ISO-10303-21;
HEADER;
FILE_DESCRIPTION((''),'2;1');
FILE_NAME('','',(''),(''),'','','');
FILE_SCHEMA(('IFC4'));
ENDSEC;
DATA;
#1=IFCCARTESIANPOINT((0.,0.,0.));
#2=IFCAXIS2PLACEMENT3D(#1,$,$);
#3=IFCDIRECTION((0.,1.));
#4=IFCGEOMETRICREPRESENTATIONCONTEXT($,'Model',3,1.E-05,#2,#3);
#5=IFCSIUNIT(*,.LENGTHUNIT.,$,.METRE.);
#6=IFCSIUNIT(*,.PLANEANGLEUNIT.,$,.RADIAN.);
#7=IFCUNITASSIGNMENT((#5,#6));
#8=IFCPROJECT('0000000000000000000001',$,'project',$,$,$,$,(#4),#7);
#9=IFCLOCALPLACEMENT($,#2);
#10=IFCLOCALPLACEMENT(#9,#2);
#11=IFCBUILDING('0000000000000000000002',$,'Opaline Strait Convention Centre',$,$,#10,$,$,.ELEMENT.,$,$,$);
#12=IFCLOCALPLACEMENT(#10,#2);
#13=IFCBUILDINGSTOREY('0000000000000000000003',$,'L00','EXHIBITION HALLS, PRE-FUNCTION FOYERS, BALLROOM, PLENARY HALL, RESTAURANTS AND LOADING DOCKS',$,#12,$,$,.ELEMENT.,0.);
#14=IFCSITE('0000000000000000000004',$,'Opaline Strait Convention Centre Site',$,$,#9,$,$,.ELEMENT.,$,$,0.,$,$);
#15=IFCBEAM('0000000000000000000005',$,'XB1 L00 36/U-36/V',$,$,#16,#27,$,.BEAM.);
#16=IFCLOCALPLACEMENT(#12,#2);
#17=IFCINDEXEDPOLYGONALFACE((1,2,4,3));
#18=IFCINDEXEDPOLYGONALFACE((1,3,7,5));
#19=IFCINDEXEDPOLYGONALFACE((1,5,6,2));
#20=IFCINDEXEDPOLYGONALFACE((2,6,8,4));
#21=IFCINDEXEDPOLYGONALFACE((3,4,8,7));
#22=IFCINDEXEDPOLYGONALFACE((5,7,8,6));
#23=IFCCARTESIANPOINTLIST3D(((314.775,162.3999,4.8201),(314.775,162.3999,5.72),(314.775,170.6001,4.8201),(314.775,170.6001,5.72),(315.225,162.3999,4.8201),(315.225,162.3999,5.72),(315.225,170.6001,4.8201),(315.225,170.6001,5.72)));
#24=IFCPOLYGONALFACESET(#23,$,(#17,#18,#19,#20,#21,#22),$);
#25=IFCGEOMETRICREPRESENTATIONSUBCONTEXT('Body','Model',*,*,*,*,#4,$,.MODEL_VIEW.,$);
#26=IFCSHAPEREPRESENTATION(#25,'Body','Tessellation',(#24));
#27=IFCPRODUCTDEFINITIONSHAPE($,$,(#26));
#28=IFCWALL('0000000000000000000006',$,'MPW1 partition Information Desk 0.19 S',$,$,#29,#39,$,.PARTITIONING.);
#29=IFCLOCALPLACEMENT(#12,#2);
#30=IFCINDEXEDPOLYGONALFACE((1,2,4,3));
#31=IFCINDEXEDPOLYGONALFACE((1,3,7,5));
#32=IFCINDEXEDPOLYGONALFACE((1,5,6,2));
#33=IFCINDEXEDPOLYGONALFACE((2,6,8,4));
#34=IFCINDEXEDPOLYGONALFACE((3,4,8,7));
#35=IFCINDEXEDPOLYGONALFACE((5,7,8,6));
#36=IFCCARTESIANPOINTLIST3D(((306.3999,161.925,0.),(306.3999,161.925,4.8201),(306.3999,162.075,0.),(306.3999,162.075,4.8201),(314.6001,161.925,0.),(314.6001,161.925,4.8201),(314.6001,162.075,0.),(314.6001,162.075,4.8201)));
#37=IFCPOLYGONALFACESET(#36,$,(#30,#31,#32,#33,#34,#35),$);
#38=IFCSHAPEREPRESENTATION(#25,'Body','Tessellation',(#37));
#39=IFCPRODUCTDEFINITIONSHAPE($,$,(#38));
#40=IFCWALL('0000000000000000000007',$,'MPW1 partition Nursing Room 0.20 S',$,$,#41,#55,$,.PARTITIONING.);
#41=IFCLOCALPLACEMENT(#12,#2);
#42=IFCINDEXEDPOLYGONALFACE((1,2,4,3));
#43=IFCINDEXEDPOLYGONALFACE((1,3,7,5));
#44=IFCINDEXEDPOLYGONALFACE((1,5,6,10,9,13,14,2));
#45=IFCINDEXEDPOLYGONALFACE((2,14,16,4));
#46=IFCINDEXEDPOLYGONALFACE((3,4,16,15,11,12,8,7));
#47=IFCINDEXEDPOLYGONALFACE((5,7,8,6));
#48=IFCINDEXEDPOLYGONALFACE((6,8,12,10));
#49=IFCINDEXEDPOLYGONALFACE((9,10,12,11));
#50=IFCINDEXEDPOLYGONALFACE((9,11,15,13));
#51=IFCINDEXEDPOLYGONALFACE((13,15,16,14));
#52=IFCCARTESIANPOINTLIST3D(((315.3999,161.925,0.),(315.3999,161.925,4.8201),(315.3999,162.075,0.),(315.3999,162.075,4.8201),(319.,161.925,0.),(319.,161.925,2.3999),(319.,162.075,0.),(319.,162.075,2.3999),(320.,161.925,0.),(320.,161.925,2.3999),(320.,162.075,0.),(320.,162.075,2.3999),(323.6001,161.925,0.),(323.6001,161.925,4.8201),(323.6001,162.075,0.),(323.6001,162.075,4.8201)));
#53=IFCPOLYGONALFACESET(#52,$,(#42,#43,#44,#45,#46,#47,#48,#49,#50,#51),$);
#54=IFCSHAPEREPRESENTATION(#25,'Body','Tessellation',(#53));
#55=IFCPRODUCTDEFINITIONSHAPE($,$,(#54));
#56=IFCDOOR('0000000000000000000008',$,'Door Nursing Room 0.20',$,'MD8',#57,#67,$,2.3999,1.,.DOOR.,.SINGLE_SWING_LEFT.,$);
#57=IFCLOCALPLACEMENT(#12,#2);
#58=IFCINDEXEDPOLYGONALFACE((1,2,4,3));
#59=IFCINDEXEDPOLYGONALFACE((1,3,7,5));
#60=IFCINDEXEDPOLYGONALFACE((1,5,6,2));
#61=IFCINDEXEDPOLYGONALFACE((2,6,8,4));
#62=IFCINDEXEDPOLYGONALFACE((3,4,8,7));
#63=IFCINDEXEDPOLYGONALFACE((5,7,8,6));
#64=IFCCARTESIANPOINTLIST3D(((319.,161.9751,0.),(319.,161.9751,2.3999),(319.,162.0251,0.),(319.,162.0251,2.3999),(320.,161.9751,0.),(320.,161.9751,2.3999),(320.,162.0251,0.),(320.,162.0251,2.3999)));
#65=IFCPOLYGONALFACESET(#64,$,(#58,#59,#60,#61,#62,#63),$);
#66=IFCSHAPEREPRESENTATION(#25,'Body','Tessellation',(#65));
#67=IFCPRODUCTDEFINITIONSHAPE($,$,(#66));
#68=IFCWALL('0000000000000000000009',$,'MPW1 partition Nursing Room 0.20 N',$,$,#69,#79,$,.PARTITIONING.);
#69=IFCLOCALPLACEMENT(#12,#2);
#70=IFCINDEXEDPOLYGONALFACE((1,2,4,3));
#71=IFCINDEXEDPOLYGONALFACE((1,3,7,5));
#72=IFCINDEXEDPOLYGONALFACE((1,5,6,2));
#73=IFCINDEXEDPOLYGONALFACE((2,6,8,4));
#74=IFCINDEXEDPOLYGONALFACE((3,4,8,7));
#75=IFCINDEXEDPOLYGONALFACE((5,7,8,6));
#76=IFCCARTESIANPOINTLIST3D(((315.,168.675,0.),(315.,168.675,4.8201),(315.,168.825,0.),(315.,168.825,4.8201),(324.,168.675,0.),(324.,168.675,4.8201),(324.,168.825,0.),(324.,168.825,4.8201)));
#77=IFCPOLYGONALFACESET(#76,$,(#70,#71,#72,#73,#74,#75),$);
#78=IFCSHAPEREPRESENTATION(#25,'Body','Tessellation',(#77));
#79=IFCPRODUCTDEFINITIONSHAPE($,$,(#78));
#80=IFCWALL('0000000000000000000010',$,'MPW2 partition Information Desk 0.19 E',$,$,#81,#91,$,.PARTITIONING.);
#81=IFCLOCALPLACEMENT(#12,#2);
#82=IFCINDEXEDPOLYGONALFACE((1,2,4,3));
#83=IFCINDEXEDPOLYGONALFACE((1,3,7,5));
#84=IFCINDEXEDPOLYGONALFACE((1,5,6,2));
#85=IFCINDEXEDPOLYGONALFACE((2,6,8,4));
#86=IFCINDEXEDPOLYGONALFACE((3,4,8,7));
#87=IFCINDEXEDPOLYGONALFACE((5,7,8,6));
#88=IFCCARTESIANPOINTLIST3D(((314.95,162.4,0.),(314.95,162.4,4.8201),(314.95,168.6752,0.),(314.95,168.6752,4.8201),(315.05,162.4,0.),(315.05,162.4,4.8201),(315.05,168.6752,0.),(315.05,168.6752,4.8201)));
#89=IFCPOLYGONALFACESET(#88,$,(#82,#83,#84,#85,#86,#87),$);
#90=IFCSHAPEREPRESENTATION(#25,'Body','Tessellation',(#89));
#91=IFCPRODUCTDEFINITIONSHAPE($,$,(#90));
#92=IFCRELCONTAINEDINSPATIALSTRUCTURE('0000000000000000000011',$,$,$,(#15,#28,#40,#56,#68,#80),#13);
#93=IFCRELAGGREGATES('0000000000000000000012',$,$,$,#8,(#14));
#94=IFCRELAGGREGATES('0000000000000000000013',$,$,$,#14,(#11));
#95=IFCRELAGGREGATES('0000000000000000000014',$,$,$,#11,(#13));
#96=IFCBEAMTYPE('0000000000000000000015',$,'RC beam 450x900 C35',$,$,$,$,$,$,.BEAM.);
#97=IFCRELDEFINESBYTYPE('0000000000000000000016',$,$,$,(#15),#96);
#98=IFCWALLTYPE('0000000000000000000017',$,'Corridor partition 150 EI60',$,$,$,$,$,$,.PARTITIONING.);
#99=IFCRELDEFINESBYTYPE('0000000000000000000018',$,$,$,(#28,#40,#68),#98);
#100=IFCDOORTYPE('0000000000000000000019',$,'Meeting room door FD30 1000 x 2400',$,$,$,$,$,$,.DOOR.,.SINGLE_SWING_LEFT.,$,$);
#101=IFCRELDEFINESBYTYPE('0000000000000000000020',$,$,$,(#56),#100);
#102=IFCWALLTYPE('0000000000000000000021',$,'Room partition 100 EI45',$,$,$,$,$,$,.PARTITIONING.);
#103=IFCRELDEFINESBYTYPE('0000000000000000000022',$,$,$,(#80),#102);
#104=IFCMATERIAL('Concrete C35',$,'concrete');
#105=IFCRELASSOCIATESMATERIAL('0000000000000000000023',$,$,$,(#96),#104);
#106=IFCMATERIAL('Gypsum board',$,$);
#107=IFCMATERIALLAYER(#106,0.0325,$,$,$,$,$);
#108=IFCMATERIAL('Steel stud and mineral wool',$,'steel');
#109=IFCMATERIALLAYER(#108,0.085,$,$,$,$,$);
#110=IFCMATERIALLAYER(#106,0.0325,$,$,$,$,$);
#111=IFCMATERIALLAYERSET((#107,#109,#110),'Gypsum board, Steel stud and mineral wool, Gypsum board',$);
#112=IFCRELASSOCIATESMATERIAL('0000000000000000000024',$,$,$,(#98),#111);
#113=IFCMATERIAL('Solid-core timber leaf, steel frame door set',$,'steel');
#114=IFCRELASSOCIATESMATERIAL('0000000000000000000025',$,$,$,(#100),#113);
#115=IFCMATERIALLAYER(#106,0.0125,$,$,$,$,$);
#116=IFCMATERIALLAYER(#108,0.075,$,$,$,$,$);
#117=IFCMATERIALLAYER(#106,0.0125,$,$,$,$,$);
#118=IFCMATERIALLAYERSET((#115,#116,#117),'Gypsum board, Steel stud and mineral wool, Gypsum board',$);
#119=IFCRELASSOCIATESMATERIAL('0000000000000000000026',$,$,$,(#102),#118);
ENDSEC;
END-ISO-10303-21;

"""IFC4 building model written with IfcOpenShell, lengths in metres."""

from ifc_helpers import new_model, si_unit, direction, frame, frame_2d, origin, origin_2d, place, context, subcontext, project, spatial, rectangle, extrude, material, layer, layer_set, material_profile, profile_set, type_object, element, fill, save


model = new_model("IFC4")

# Units and contexts
model_context = context("Model", 3, precision=1e-05, world=origin(), true_north=direction((0.0, 1.0)))
body_context = subcontext(model_context, "Body", "Model", "MODEL_VIEW")
ifc_project = project(units=[si_unit("LENGTHUNIT", "METRE"), si_unit("PLANEANGLEUNIT", "RADIAN")], contexts=[model_context])

# Site, building, storey
site_placement = place(None, origin())
site = spatial("IfcSite", under=ifc_project, at=site_placement, Name="Opaline Strait Convention Centre Site", CompositionType="ELEMENT", RefElevation=0.0)
building_placement = place(site_placement, origin())
building = spatial("IfcBuilding", under=site, at=building_placement, Name="Opaline Strait Convention Centre", CompositionType="ELEMENT")
storey_placement = place(building_placement, origin())
storey = spatial("IfcBuildingStorey", under=building, at=storey_placement, Name="L00", Description="EXHIBITION HALLS, PRE-FUNCTION FOYERS, BALLROOM, PLENARY HALL, RESTAURANTS AND LOADING DOCKS", CompositionType="ELEMENT", Elevation=0.0)

# Shared definitions
ifc_material_1 = material(Name="Concrete C35", Category="concrete")

# Beam
ifc_material_profile_1 = material_profile(ifc_material_1, rectangle(XDim=0.45, YDim=0.8999, at=origin_2d()), Name="RC 450x900")
ifc_profile_set_1 = profile_set([ifc_material_profile_1], Name="Concrete C35")
beam_type = type_object("IfcBeamType", Name="RC beam 450x900 C35", PredefinedType="BEAM", material=ifc_profile_set_1)
for number, where, z_axis, x_axis, name in (
    (1, (315.0, 162.3999, 5.27), (0.0, 1.0, 0.0), (-1.0, 0.0, 0.0), "XB1 L00 36/U-36/V"),
):
    element("IfcBeam", number, at=place(storey_placement, frame(where, z_axis=z_axis, x_axis=x_axis)), inside=storey, type_object=beam_type, Name=name, PredefinedType="BEAM", context=body_context, shape_type="SweptSolid", body=[
        extrude(rectangle(XDim=0.45, YDim=0.8999, at=origin_2d()), origin(), (0.0, 0.0, 1.0), 8.2002),
    ])

# Wall
ifc_material_2 = material(Name="Gypsum board")
ifc_layer_1 = layer(ifc_material_2, 0.0325)
ifc_material_3 = material(Name="Steel stud and mineral wool", Category="steel")
ifc_layer_2 = layer(ifc_material_3, 0.085)
ifc_layer_3 = layer(ifc_material_2, 0.0325)
ifc_layer_set_1 = layer_set([ifc_layer_1, ifc_layer_2, ifc_layer_3], Name="Gypsum board, Steel stud and mineral wool, Gypsum board")
wall_type_1 = type_object("IfcWallType", Name="Corridor partition 150 EI60", PredefinedType="PARTITIONING", material=ifc_layer_set_1)
wall_1_placement = place(storey_placement, frame((306.3999, 162.0, 0.0), z_axis=(0.0, 0.0, 1.0), x_axis=(1.0, 0.0, 0.0)))
element("IfcWall", 2, at=wall_1_placement, inside=storey, type_object=wall_type_1, Name="MPW1 partition Information Desk 0.19 S", PredefinedType="PARTITIONING", context=body_context, shape_type="SweptSolid", body=[
    extrude(rectangle(XDim=8.2002, YDim=0.1499, at=frame_2d((4.1001, 0.0))), origin(), (0.0, 0.0, 1.0), 4.8201),
])

# Wall, opening, door
wall_2_placement = place(storey_placement, frame((315.3999, 162.0, 0.0), z_axis=(0.0, 0.0, 1.0), x_axis=(1.0, 0.0, 0.0)))
wall_2 = element("IfcWall", 3, at=wall_2_placement, inside=storey, type_object=wall_type_1, Name="MPW1 partition Nursing Room 0.20 S", PredefinedType="PARTITIONING", context=body_context, shape_type="SweptSolid", body=[
    extrude(rectangle(XDim=8.2002, YDim=0.1499, at=frame_2d((4.1001, 0.0))), origin(), (0.0, 0.0, 1.0), 4.8201),
])
opening_placement = place(wall_2_placement, frame((3.6001, 0.0, 0.0)))
opening = element("IfcOpeningElement", 4, at=opening_placement, cuts=wall_2, PredefinedType="OPENING", context=body_context, shape_type="SweptSolid", body=[
    extrude(rectangle(XDim=1.0, YDim=2.3999, at=frame_2d((0.5, 1.2))), frame((0.0, 0.085, 0.0), z_axis=(0.0, -1.0, 0.0), x_axis=(1.0, 0.0, 0.0)), (0.0, 0.0, 1.0), 0.1699),
])
ifc_material_4 = material(Name="Solid-core timber leaf, steel frame door set", Category="steel")
door_type = type_object("IfcDoorType", Name="Meeting room door FD30 1000 x 2400", OperationType="SINGLE_SWING_LEFT", PredefinedType="DOOR", material=ifc_material_4)
door_placement = place(opening_placement, frame((1.0, 0.0, 0.0), z_axis=(0.0, 0.0, 1.0), x_axis=(-1.0, 0.0, 0.0)))
door = element("IfcDoor", 5, at=door_placement, inside=storey, type_object=door_type, Name="Door Nursing Room 0.20", ObjectType="MD8", OperationType="SINGLE_SWING_LEFT", OverallHeight=2.3999, OverallWidth=1.0, PredefinedType="DOOR", context=body_context, shape_type="SweptSolid", body=[
    extrude(rectangle(XDim=1.0, YDim=2.3999, at=frame_2d((0.5, 1.2))), frame((0.0, 0.0249, 0.0), z_axis=(0.0, -1.0, 0.0), x_axis=(1.0, 0.0, 0.0)), (0.0, 0.0, 1.0), 0.05),
])
fill(opening, door)

# Walls
wall_3_placement = place(storey_placement, frame((315.0, 168.75, 0.0), z_axis=(0.0, 0.0, 1.0), x_axis=(1.0, 0.0, 0.0)))
element("IfcWall", 6, at=wall_3_placement, inside=storey, type_object=wall_type_1, Name="MPW1 partition Nursing Room 0.20 N", PredefinedType="PARTITIONING", context=body_context, shape_type="SweptSolid", body=[
    extrude(rectangle(XDim=9.0, YDim=0.1499, at=frame_2d((4.5, 0.0))), origin(), (0.0, 0.0, 1.0), 4.8201),
])
ifc_layer_4 = layer(ifc_material_2, 0.0125)
ifc_layer_5 = layer(ifc_material_3, 0.075)
ifc_layer_6 = layer(ifc_material_2, 0.0125)
ifc_layer_set_2 = layer_set([ifc_layer_4, ifc_layer_5, ifc_layer_6], Name="Gypsum board, Steel stud and mineral wool, Gypsum board")
wall_type_2 = type_object("IfcWallType", Name="Room partition 100 EI45", PredefinedType="PARTITIONING", material=ifc_layer_set_2)
wall_4_placement = place(storey_placement, frame((315.0, 162.3999, 0.0), z_axis=(0.0, 0.0, 1.0), x_axis=(0.0, 1.0, 0.0)))
element("IfcWall", 7, at=wall_4_placement, inside=storey, type_object=wall_type_2, Name="MPW2 partition Information Desk 0.19 E", PredefinedType="PARTITIONING", context=body_context, shape_type="SweptSolid", body=[
    extrude(rectangle(XDim=6.2751, YDim=0.1001, at=frame_2d((3.1377, 0.0))), origin(), (0.0, 0.0, 1.0), 4.8201),
])

save(model, "model.ifc")
